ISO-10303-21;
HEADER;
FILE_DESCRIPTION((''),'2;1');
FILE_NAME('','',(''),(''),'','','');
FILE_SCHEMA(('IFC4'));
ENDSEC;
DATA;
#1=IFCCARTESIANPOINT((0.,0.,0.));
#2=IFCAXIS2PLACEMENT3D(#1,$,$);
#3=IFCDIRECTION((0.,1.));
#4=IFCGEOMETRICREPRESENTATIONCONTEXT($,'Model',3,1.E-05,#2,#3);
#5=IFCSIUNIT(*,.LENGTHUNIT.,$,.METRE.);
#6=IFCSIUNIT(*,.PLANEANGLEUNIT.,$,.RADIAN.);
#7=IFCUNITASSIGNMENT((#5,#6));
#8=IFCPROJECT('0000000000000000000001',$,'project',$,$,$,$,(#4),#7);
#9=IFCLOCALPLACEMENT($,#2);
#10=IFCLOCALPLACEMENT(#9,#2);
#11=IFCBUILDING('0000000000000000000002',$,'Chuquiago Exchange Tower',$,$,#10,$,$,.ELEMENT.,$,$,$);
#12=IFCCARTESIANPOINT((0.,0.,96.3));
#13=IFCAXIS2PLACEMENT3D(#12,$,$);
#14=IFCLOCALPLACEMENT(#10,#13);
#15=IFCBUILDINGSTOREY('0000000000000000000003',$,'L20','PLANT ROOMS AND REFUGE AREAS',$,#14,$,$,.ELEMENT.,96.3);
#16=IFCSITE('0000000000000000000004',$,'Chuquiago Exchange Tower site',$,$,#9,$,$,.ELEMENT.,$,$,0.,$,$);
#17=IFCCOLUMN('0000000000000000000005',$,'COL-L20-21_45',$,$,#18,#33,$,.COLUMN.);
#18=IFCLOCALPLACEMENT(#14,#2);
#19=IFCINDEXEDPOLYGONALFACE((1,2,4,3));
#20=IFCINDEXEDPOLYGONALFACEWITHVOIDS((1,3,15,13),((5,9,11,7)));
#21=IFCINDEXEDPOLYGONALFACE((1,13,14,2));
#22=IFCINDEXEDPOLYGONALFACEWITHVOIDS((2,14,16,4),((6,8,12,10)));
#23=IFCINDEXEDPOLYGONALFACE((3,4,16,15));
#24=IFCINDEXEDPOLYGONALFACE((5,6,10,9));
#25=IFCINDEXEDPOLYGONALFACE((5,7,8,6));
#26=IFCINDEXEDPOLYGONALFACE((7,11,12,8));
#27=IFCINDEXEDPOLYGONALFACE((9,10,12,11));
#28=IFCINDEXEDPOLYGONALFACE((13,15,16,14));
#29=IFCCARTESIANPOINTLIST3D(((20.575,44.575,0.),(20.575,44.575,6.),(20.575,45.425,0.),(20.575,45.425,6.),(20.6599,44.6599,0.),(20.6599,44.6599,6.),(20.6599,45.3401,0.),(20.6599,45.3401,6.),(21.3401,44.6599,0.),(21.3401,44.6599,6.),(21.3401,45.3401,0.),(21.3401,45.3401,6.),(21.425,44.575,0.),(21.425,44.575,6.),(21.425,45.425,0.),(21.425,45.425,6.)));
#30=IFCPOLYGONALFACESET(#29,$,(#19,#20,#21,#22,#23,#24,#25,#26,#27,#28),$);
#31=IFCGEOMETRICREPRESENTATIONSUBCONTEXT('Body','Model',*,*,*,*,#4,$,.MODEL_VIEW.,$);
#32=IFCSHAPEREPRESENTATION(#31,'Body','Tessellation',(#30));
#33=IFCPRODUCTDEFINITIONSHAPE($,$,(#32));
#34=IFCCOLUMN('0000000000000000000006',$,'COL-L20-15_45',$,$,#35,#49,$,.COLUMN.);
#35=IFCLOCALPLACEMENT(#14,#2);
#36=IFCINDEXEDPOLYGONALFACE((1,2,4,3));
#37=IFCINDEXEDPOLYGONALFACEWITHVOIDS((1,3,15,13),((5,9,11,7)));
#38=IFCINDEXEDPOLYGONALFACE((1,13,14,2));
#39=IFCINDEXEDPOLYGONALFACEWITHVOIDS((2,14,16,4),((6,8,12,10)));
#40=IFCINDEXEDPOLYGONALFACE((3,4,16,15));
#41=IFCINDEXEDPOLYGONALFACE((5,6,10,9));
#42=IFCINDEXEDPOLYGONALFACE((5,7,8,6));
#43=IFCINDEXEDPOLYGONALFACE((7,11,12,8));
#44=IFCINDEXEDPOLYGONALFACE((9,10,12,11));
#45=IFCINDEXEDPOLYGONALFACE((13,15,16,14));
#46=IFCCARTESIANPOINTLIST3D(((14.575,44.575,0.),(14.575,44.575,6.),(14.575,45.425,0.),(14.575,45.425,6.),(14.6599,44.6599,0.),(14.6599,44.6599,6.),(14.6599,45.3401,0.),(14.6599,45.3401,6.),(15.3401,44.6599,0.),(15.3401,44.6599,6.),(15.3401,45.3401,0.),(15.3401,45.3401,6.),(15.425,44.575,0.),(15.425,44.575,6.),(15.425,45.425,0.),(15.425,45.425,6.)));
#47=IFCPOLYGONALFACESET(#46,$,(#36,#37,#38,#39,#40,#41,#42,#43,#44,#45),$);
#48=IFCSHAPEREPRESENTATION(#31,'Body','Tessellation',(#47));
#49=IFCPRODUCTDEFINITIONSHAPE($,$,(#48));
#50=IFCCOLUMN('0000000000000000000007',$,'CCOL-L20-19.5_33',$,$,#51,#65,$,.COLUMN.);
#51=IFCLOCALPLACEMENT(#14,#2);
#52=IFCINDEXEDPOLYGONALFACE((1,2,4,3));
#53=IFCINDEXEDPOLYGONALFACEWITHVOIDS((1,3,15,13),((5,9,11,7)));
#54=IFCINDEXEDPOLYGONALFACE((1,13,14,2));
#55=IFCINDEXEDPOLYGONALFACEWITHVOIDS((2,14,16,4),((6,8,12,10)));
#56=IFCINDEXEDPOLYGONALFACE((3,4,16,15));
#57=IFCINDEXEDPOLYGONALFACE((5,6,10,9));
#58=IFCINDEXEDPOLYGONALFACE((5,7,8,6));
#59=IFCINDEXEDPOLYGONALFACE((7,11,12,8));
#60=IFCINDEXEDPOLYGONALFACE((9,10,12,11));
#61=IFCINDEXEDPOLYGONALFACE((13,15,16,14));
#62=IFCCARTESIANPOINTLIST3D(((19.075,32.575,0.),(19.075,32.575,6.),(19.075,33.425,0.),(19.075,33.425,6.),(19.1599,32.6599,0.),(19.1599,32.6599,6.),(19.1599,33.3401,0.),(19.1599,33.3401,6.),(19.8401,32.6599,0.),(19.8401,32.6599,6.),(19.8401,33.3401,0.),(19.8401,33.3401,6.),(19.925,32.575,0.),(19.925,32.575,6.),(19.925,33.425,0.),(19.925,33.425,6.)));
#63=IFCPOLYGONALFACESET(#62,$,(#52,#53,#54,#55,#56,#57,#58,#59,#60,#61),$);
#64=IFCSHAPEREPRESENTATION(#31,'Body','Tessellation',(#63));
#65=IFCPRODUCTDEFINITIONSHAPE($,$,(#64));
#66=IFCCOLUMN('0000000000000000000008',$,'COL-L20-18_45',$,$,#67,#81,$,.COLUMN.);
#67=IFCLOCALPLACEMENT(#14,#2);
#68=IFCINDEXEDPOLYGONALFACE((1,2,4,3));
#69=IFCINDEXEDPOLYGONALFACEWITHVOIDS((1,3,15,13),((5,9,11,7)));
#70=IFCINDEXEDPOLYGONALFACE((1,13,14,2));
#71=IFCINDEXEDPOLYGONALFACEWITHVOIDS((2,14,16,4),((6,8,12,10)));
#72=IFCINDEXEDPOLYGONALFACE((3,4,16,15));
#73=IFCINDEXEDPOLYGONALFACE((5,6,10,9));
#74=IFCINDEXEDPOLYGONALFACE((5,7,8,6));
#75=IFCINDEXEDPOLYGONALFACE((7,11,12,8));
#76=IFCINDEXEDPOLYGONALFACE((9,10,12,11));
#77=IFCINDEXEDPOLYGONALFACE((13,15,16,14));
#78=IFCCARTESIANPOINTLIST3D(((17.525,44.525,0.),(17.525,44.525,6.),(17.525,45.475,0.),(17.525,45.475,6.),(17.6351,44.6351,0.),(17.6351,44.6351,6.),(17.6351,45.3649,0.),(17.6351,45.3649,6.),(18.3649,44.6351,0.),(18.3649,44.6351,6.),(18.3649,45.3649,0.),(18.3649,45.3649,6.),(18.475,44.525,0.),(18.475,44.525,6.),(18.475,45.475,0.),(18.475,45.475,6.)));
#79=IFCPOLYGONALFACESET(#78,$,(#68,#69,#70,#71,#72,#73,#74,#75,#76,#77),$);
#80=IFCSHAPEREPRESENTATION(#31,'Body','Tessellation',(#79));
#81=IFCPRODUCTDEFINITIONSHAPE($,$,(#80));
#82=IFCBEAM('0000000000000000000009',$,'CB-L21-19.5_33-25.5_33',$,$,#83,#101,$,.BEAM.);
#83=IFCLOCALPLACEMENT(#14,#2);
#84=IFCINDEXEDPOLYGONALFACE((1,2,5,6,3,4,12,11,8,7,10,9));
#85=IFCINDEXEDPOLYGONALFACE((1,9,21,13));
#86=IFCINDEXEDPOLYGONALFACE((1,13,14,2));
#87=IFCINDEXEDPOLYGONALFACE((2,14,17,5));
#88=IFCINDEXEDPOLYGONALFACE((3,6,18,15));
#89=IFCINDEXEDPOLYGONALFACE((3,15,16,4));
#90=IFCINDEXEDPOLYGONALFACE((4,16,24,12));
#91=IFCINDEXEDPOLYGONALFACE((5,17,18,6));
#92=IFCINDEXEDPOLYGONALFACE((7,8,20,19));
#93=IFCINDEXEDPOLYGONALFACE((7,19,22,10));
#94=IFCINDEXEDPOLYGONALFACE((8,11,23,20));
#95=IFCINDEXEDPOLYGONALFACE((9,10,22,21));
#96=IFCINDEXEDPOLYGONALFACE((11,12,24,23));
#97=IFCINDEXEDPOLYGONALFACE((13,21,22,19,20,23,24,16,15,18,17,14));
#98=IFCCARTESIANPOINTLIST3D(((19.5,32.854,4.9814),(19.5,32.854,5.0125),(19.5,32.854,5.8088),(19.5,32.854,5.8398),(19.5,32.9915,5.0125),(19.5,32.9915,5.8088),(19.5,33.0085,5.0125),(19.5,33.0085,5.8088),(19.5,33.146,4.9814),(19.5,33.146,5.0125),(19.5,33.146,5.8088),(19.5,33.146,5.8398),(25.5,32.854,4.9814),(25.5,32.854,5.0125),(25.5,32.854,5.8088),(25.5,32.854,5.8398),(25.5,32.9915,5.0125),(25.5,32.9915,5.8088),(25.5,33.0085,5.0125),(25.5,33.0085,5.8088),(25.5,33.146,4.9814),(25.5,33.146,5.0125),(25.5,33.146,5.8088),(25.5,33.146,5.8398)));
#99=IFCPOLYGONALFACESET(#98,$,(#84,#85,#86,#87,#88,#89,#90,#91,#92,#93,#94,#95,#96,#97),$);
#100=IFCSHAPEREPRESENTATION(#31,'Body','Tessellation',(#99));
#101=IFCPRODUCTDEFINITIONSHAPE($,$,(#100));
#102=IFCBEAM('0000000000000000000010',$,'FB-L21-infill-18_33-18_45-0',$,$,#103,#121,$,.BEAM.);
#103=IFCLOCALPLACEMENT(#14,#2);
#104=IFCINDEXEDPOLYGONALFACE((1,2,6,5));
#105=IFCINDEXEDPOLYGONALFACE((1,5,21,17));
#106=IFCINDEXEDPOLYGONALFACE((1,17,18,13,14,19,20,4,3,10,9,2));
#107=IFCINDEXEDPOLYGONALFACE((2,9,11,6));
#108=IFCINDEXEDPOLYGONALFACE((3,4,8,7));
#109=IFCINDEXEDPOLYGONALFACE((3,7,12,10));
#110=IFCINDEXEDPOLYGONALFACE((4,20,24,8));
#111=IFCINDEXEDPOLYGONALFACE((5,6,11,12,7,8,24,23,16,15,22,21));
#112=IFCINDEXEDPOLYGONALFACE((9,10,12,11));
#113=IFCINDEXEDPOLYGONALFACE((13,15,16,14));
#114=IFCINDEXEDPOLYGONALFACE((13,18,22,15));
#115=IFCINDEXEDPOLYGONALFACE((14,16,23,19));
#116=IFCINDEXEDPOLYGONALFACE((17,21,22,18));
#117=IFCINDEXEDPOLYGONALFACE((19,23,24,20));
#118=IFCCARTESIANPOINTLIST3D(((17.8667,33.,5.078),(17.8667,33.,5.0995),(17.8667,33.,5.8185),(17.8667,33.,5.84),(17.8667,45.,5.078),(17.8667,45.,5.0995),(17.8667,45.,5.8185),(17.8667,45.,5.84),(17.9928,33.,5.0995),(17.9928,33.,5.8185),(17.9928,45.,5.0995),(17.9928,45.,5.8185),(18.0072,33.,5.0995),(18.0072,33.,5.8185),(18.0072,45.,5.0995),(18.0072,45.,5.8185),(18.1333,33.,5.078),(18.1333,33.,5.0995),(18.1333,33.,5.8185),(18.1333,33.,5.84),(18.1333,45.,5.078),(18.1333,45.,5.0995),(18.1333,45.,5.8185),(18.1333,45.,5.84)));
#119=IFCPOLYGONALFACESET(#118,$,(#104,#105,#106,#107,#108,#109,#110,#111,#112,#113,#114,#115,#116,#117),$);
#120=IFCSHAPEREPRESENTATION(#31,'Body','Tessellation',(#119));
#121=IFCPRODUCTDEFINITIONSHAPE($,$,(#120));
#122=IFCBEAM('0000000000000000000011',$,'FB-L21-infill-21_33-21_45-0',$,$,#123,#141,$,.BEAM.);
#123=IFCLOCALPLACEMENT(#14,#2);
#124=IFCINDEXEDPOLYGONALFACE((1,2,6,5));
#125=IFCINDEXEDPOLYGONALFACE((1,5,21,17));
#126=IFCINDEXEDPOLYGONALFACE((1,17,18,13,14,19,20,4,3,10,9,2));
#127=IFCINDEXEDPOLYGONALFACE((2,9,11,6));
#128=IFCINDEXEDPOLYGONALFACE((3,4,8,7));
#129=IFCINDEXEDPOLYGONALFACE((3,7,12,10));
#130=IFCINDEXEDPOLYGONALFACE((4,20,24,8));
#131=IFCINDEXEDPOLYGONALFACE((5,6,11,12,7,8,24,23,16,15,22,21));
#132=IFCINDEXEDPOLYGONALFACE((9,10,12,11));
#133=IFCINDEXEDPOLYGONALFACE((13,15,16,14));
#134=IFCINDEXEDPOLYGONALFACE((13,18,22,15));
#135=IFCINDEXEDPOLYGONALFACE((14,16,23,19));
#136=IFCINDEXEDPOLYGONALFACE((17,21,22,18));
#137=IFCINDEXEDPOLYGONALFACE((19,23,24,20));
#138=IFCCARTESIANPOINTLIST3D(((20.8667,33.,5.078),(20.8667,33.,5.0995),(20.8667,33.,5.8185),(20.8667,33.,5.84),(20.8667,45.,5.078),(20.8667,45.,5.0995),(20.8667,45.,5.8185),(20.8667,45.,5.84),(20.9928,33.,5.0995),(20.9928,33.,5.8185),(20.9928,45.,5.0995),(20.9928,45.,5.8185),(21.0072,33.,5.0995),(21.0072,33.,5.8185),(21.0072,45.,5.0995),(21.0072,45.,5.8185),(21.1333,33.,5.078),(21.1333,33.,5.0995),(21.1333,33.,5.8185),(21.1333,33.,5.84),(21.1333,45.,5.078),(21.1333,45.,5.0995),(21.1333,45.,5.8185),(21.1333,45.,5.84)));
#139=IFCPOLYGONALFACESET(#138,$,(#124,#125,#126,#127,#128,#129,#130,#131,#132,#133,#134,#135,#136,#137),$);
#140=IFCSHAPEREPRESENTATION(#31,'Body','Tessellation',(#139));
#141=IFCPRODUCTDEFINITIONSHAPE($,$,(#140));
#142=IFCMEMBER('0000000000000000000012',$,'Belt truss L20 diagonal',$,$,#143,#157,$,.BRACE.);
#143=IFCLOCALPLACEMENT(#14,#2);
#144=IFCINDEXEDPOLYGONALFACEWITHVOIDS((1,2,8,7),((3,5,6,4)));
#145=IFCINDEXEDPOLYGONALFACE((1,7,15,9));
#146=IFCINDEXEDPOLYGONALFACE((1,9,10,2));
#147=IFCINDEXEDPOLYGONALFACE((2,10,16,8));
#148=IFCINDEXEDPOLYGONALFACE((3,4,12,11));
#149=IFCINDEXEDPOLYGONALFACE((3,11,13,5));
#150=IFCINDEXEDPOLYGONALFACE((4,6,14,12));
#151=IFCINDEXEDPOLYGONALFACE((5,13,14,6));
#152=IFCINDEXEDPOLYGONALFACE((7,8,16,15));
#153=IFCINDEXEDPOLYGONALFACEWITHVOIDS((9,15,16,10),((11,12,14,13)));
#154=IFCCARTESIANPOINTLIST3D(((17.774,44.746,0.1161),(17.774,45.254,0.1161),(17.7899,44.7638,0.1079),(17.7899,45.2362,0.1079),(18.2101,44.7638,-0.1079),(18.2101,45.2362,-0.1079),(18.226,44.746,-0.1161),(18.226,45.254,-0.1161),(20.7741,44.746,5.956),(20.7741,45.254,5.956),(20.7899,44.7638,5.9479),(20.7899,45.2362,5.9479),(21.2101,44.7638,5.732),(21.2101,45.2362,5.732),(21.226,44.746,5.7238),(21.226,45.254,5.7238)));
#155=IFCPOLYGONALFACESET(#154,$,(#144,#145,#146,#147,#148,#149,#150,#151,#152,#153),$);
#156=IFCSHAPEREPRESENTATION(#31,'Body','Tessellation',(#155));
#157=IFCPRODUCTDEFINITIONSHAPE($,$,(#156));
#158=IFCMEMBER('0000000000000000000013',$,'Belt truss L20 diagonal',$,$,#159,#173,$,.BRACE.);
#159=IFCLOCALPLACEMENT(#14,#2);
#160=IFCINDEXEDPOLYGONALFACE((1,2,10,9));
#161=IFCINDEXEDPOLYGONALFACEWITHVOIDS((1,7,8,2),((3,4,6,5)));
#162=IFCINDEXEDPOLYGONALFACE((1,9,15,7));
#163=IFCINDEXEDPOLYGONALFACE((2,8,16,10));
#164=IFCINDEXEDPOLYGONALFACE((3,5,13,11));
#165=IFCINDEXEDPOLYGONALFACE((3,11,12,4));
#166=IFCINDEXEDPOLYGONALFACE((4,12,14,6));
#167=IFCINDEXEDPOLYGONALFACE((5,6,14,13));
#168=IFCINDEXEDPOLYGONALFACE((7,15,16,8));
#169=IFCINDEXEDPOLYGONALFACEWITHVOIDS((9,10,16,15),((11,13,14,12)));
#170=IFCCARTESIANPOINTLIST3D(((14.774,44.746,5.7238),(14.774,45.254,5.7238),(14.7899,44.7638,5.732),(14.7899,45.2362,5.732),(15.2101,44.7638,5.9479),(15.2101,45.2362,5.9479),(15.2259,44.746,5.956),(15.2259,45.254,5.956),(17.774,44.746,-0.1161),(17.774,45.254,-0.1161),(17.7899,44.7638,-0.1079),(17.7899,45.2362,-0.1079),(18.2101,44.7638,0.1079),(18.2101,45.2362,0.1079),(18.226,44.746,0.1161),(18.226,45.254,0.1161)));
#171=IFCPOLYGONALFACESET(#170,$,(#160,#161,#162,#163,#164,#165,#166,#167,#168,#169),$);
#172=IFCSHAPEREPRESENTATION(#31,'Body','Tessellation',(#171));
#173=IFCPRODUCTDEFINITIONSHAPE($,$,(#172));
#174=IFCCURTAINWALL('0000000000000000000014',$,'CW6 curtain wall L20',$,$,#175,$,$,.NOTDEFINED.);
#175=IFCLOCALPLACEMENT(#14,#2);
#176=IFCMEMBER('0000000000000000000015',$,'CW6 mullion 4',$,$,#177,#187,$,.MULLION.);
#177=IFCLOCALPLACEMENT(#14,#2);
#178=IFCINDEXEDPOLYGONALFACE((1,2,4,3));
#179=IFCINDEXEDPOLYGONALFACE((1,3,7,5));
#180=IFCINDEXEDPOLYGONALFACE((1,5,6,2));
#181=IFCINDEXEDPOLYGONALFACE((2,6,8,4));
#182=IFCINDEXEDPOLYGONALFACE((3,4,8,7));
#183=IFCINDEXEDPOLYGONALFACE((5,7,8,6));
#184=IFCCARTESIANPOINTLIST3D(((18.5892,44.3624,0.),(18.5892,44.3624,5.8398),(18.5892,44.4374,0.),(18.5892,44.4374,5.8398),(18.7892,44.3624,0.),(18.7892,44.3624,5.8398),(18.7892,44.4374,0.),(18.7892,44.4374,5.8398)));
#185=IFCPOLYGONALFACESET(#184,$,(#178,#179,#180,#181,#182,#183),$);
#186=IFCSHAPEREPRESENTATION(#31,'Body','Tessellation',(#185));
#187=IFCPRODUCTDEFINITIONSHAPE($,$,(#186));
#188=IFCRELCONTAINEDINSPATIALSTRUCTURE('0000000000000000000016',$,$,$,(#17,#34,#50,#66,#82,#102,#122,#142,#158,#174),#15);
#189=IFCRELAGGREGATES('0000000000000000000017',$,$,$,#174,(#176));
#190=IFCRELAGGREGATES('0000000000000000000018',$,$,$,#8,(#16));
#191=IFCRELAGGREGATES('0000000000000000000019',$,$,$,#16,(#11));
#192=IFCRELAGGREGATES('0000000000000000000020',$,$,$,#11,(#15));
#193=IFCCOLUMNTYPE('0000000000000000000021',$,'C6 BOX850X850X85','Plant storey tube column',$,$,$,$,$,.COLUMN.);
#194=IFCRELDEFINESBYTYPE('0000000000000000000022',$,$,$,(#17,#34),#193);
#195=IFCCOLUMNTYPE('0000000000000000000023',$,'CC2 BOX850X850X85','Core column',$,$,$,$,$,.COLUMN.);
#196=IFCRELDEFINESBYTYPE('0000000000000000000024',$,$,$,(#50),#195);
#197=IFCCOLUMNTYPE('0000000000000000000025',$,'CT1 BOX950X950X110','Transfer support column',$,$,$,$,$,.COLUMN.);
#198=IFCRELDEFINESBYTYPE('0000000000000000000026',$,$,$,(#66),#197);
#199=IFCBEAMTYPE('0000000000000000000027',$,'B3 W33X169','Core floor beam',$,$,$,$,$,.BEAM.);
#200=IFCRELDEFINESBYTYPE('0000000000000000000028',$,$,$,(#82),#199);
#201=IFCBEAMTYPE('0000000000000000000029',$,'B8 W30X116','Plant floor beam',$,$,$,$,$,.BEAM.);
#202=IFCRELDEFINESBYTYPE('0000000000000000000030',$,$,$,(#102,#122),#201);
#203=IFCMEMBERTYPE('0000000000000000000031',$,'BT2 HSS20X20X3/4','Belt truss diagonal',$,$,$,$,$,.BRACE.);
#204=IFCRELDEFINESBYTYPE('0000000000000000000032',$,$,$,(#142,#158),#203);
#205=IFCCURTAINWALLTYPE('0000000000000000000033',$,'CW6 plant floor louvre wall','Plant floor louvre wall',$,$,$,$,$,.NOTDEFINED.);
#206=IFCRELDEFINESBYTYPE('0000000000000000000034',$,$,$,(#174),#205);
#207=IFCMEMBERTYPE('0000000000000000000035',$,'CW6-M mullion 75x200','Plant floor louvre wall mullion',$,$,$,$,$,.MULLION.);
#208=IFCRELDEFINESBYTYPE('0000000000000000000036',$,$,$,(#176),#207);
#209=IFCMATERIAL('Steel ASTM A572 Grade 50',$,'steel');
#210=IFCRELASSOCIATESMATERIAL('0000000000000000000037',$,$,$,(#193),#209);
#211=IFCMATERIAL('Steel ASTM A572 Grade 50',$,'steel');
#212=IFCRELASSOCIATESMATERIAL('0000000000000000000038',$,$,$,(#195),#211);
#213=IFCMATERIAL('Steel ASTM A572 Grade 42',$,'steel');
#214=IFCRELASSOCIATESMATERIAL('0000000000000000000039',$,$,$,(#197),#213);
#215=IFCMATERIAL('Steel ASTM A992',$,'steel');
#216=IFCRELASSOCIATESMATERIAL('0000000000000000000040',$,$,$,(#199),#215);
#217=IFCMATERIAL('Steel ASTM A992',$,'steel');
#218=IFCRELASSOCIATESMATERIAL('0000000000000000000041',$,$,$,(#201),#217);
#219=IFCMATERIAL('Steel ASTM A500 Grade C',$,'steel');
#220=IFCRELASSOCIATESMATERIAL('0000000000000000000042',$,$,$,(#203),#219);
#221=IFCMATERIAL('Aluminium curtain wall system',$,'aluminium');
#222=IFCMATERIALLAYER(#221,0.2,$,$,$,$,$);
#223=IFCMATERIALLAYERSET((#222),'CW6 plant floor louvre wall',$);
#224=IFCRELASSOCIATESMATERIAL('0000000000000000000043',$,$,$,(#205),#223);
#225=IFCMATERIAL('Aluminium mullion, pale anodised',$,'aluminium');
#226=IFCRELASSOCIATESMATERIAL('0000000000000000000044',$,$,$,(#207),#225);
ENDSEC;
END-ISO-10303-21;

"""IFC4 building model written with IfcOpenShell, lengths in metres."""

from ifc_helpers import new_model, si_unit, direction, frame, origin, origin_2d, place, context, subcontext, project, spatial, rectangle, hollow_rectangle, i_section, extrude, material, layer, layer_set, material_profile, profile_set, type_object, element, aggregate, save


model = new_model("IFC4")

# Units and contexts
model_context = context("Model", 3, precision=1e-05, world=origin(), true_north=direction((0.0, 1.0)))
body_context = subcontext(model_context, "Body", "Model", "MODEL_VIEW")
ifc_project = project(units=[si_unit("LENGTHUNIT", "METRE"), si_unit("PLANEANGLEUNIT", "RADIAN")], contexts=[model_context])

# Site, building, storey
site_placement = place(None, origin())
site = spatial("IfcSite", under=ifc_project, at=site_placement, Name="Chuquiago Exchange Tower site", CompositionType="ELEMENT", RefElevation=0.0)
building_placement = place(site_placement, origin())
building = spatial("IfcBuilding", under=site, at=building_placement, Name="Chuquiago Exchange Tower", CompositionType="ELEMENT")
storey_placement = place(building_placement, frame((0.0, 0.0, 96.3)))
storey = spatial("IfcBuildingStorey", under=building, at=storey_placement, Name="L20", Description="PLANT ROOMS AND REFUGE AREAS", CompositionType="ELEMENT", Elevation=96.3)

# Columns
ifc_material_1 = material(Name="Steel ASTM A572 Grade 50", Category="steel")
ifc_material_profile_1 = material_profile(ifc_material_1, hollow_rectangle(XDim=0.8501, YDim=0.8501, WallThickness=0.085, at=origin_2d()), Name="BOX850X850X85")
ifc_profile_set_1 = profile_set([ifc_material_profile_1], Name="Steel ASTM A572 Grade 50")
column_type_1 = type_object("IfcColumnType", Name="C6 BOX850X850X85", Description="Plant storey tube column", PredefinedType="COLUMN", material=ifc_profile_set_1)
for number, where, z_axis, x_axis, name in (
    (1, (21.0, 45.0, 0.0), (0.0, 0.0, 1.0), (0.0, 1.0, 0.0), "COL-L20-21_45"),
    (2, (15.0, 45.0, 0.0), (0.0, 0.0, 1.0), (0.0, 1.0, 0.0), "COL-L20-15_45"),
):
    element("IfcColumn", number, at=place(storey_placement, frame(where, z_axis=z_axis, x_axis=x_axis)), inside=storey, type_object=column_type_1, Name=name, PredefinedType="COLUMN", context=body_context, shape_type="SweptSolid", body=[
        extrude(hollow_rectangle(XDim=0.8501, YDim=0.8501, WallThickness=0.085, at=origin_2d()), origin(), (0.0, 0.0, 1.0), 6.0),
    ])
ifc_material_2 = material(Name="Steel ASTM A572 Grade 50", Category="steel")
ifc_material_profile_2 = material_profile(ifc_material_2, hollow_rectangle(XDim=0.8501, YDim=0.8501, WallThickness=0.085, at=origin_2d()), Name="BOX850X850X85")
ifc_profile_set_2 = profile_set([ifc_material_profile_2], Name="Steel ASTM A572 Grade 50")
column_type_2 = type_object("IfcColumnType", Name="CC2 BOX850X850X85", Description="Core column", PredefinedType="COLUMN", material=ifc_profile_set_2)
column_1_placement = place(storey_placement, frame((19.5, 33.0, 0.0), z_axis=(0.0, 0.0, 1.0), x_axis=(1.0, 0.0, 0.0)))
element("IfcColumn", 3, at=column_1_placement, inside=storey, type_object=column_type_2, Name="CCOL-L20-19.5_33", PredefinedType="COLUMN", context=body_context, shape_type="SweptSolid", body=[
    extrude(hollow_rectangle(XDim=0.8501, YDim=0.8501, WallThickness=0.085, at=origin_2d()), origin(), (0.0, 0.0, 1.0), 6.0),
])
ifc_material_3 = material(Name="Steel ASTM A572 Grade 42", Category="steel")
ifc_material_profile_3 = material_profile(ifc_material_3, hollow_rectangle(XDim=0.95, YDim=0.95, WallThickness=0.1101, at=origin_2d()), Name="BOX950X950X110")
ifc_profile_set_3 = profile_set([ifc_material_profile_3], Name="Steel ASTM A572 Grade 42")
column_type_3 = type_object("IfcColumnType", Name="CT1 BOX950X950X110", Description="Transfer support column", PredefinedType="COLUMN", material=ifc_profile_set_3)
column_2_placement = place(storey_placement, frame((18.0, 45.0, 0.0), z_axis=(0.0, 0.0, 1.0), x_axis=(0.0, 1.0, 0.0)))
element("IfcColumn", 4, at=column_2_placement, inside=storey, type_object=column_type_3, Name="COL-L20-18_45", PredefinedType="COLUMN", context=body_context, shape_type="SweptSolid", body=[
    extrude(hollow_rectangle(XDim=0.95, YDim=0.95, WallThickness=0.1101, at=origin_2d()), origin(), (0.0, 0.0, 1.0), 6.0),
])

# Beams
ifc_material_4 = material(Name="Steel ASTM A992", Category="steel")
ifc_material_profile_4 = material_profile(ifc_material_4, i_section(OverallWidth=0.292, OverallDepth=0.8584, WebThickness=0.0171, FlangeThickness=0.031, at=origin_2d()), Name="W33X169")
ifc_profile_set_4 = profile_set([ifc_material_profile_4], Name="Steel ASTM A992")
beam_type_1 = type_object("IfcBeamType", Name="B3 W33X169", Description="Core floor beam", PredefinedType="BEAM", material=ifc_profile_set_4)
beam_placement = place(storey_placement, frame((19.5, 33.0, 5.4106), z_axis=(1.0, 0.0, 0.0), x_axis=(0.0, 1.0, 0.0)))
element("IfcBeam", 5, at=beam_placement, inside=storey, type_object=beam_type_1, Name="CB-L21-19.5_33-25.5_33", PredefinedType="BEAM", context=body_context, shape_type="SweptSolid", body=[
    extrude(i_section(OverallWidth=0.292, OverallDepth=0.8584, WebThickness=0.0171, FlangeThickness=0.031, at=origin_2d()), origin(), (0.0, 0.0, 1.0), 6.0),
])
ifc_material_5 = material(Name="Steel ASTM A992", Category="steel")
ifc_material_profile_5 = material_profile(ifc_material_5, i_section(OverallWidth=0.2666, OverallDepth=0.762, WebThickness=0.0144, FlangeThickness=0.0215, at=origin_2d()), Name="W30X116")
ifc_profile_set_5 = profile_set([ifc_material_profile_5], Name="Steel ASTM A992")
beam_type_2 = type_object("IfcBeamType", Name="B8 W30X116", Description="Plant floor beam", PredefinedType="BEAM", material=ifc_profile_set_5)
for number, where, z_axis, x_axis, name in (
    (6, (18.0, 33.0, 5.459), (0.0, 1.0, 0.0), (-1.0, 0.0, 0.0), "FB-L21-infill-18_33-18_45-0"),
    (7, (21.0, 33.0, 5.459), (0.0, 1.0, 0.0), (-1.0, 0.0, 0.0), "FB-L21-infill-21_33-21_45-0"),
):
    element("IfcBeam", number, at=place(storey_placement, frame(where, z_axis=z_axis, x_axis=x_axis)), inside=storey, type_object=beam_type_2, Name=name, PredefinedType="BEAM", context=body_context, shape_type="SweptSolid", body=[
        extrude(i_section(OverallWidth=0.2666, OverallDepth=0.762, WebThickness=0.0144, FlangeThickness=0.0215, at=origin_2d()), origin(), (0.0, 0.0, 1.0), 12.0),
    ])

# Members
ifc_material_6 = material(Name="Steel ASTM A500 Grade C", Category="steel")
ifc_material_profile_6 = material_profile(ifc_material_6, hollow_rectangle(XDim=0.5081, YDim=0.5081, WallThickness=0.0178, at=origin_2d()), Name="HSS20X20X3/4")
ifc_profile_set_6 = profile_set([ifc_material_profile_6], Name="Steel ASTM A500 Grade C")
member_type_1 = type_object("IfcMemberType", Name="BT2 HSS20X20X3/4", Description="Belt truss diagonal", PredefinedType="BRACE", material=ifc_profile_set_6)
for number, where, z_axis, x_axis, name in (
    (8, (18.0, 45.0, 0.0), (0.456945, 0.0, 0.889495), (0.0, 1.0, 0.0), "Belt truss L20 diagonal"),
    (9, (18.0, 45.0, 0.0), (-0.456945, 0.0, 0.889495), (0.0, -1.0, 0.0), "Belt truss L20 diagonal"),
):
    element("IfcMember", number, at=place(storey_placement, frame(where, z_axis=z_axis, x_axis=x_axis)), inside=storey, type_object=member_type_1, Name=name, PredefinedType="BRACE", context=body_context, shape_type="SweptSolid", body=[
        extrude(hollow_rectangle(XDim=0.5081, YDim=0.5081, WallThickness=0.0178, at=origin_2d()), origin(), (0.0, 0.0, 1.0), 6.5654),
    ])

# Curtain wall, member
ifc_material_7 = material(Name="Aluminium curtain wall system", Category="aluminium")
ifc_layer_1 = layer(ifc_material_7, 0.2)
ifc_layer_set_1 = layer_set([ifc_layer_1], Name="CW6 plant floor louvre wall")
curtain_wall_type = type_object("IfcCurtainWallType", Name="CW6 plant floor louvre wall", Description="Plant floor louvre wall", PredefinedType="NOTDEFINED", material=ifc_layer_set_1)
curtain_wall_placement = place(storey_placement, origin())
curtain_wall = element("IfcCurtainWall", 10, at=curtain_wall_placement, inside=storey, type_object=curtain_wall_type, Name="CW6 curtain wall L20", PredefinedType="NOTDEFINED")
ifc_material_8 = material(Name="Aluminium mullion, pale anodised", Category="aluminium")
ifc_material_profile_7 = material_profile(ifc_material_8, rectangle(XDim=0.075, YDim=0.2, at=origin_2d()), Name="AL 75x200")
ifc_profile_set_7 = profile_set([ifc_material_profile_7], Name="Aluminium mullion, pale anodised")
member_type_2 = type_object("IfcMemberType", Name="CW6-M mullion 75x200", Description="Plant floor louvre wall mullion", PredefinedType="MULLION", material=ifc_profile_set_7)
member_1_placement = place(storey_placement, frame((18.6892, 44.3999, 0.0), z_axis=(0.0, 0.0, 1.0), x_axis=(0.0, -1.0, 0.0)))
member_1 = element("IfcMember", 11, at=member_1_placement, type_object=member_type_2, Name="CW6 mullion 4", PredefinedType="MULLION", context=body_context, shape_type="SweptSolid", body=[
    extrude(rectangle(XDim=0.075, YDim=0.2, at=origin_2d()), origin(), (0.0, 0.0, 1.0), 5.8398),
])

aggregate(curtain_wall, [member_1])

save(model, "model.ifc")
